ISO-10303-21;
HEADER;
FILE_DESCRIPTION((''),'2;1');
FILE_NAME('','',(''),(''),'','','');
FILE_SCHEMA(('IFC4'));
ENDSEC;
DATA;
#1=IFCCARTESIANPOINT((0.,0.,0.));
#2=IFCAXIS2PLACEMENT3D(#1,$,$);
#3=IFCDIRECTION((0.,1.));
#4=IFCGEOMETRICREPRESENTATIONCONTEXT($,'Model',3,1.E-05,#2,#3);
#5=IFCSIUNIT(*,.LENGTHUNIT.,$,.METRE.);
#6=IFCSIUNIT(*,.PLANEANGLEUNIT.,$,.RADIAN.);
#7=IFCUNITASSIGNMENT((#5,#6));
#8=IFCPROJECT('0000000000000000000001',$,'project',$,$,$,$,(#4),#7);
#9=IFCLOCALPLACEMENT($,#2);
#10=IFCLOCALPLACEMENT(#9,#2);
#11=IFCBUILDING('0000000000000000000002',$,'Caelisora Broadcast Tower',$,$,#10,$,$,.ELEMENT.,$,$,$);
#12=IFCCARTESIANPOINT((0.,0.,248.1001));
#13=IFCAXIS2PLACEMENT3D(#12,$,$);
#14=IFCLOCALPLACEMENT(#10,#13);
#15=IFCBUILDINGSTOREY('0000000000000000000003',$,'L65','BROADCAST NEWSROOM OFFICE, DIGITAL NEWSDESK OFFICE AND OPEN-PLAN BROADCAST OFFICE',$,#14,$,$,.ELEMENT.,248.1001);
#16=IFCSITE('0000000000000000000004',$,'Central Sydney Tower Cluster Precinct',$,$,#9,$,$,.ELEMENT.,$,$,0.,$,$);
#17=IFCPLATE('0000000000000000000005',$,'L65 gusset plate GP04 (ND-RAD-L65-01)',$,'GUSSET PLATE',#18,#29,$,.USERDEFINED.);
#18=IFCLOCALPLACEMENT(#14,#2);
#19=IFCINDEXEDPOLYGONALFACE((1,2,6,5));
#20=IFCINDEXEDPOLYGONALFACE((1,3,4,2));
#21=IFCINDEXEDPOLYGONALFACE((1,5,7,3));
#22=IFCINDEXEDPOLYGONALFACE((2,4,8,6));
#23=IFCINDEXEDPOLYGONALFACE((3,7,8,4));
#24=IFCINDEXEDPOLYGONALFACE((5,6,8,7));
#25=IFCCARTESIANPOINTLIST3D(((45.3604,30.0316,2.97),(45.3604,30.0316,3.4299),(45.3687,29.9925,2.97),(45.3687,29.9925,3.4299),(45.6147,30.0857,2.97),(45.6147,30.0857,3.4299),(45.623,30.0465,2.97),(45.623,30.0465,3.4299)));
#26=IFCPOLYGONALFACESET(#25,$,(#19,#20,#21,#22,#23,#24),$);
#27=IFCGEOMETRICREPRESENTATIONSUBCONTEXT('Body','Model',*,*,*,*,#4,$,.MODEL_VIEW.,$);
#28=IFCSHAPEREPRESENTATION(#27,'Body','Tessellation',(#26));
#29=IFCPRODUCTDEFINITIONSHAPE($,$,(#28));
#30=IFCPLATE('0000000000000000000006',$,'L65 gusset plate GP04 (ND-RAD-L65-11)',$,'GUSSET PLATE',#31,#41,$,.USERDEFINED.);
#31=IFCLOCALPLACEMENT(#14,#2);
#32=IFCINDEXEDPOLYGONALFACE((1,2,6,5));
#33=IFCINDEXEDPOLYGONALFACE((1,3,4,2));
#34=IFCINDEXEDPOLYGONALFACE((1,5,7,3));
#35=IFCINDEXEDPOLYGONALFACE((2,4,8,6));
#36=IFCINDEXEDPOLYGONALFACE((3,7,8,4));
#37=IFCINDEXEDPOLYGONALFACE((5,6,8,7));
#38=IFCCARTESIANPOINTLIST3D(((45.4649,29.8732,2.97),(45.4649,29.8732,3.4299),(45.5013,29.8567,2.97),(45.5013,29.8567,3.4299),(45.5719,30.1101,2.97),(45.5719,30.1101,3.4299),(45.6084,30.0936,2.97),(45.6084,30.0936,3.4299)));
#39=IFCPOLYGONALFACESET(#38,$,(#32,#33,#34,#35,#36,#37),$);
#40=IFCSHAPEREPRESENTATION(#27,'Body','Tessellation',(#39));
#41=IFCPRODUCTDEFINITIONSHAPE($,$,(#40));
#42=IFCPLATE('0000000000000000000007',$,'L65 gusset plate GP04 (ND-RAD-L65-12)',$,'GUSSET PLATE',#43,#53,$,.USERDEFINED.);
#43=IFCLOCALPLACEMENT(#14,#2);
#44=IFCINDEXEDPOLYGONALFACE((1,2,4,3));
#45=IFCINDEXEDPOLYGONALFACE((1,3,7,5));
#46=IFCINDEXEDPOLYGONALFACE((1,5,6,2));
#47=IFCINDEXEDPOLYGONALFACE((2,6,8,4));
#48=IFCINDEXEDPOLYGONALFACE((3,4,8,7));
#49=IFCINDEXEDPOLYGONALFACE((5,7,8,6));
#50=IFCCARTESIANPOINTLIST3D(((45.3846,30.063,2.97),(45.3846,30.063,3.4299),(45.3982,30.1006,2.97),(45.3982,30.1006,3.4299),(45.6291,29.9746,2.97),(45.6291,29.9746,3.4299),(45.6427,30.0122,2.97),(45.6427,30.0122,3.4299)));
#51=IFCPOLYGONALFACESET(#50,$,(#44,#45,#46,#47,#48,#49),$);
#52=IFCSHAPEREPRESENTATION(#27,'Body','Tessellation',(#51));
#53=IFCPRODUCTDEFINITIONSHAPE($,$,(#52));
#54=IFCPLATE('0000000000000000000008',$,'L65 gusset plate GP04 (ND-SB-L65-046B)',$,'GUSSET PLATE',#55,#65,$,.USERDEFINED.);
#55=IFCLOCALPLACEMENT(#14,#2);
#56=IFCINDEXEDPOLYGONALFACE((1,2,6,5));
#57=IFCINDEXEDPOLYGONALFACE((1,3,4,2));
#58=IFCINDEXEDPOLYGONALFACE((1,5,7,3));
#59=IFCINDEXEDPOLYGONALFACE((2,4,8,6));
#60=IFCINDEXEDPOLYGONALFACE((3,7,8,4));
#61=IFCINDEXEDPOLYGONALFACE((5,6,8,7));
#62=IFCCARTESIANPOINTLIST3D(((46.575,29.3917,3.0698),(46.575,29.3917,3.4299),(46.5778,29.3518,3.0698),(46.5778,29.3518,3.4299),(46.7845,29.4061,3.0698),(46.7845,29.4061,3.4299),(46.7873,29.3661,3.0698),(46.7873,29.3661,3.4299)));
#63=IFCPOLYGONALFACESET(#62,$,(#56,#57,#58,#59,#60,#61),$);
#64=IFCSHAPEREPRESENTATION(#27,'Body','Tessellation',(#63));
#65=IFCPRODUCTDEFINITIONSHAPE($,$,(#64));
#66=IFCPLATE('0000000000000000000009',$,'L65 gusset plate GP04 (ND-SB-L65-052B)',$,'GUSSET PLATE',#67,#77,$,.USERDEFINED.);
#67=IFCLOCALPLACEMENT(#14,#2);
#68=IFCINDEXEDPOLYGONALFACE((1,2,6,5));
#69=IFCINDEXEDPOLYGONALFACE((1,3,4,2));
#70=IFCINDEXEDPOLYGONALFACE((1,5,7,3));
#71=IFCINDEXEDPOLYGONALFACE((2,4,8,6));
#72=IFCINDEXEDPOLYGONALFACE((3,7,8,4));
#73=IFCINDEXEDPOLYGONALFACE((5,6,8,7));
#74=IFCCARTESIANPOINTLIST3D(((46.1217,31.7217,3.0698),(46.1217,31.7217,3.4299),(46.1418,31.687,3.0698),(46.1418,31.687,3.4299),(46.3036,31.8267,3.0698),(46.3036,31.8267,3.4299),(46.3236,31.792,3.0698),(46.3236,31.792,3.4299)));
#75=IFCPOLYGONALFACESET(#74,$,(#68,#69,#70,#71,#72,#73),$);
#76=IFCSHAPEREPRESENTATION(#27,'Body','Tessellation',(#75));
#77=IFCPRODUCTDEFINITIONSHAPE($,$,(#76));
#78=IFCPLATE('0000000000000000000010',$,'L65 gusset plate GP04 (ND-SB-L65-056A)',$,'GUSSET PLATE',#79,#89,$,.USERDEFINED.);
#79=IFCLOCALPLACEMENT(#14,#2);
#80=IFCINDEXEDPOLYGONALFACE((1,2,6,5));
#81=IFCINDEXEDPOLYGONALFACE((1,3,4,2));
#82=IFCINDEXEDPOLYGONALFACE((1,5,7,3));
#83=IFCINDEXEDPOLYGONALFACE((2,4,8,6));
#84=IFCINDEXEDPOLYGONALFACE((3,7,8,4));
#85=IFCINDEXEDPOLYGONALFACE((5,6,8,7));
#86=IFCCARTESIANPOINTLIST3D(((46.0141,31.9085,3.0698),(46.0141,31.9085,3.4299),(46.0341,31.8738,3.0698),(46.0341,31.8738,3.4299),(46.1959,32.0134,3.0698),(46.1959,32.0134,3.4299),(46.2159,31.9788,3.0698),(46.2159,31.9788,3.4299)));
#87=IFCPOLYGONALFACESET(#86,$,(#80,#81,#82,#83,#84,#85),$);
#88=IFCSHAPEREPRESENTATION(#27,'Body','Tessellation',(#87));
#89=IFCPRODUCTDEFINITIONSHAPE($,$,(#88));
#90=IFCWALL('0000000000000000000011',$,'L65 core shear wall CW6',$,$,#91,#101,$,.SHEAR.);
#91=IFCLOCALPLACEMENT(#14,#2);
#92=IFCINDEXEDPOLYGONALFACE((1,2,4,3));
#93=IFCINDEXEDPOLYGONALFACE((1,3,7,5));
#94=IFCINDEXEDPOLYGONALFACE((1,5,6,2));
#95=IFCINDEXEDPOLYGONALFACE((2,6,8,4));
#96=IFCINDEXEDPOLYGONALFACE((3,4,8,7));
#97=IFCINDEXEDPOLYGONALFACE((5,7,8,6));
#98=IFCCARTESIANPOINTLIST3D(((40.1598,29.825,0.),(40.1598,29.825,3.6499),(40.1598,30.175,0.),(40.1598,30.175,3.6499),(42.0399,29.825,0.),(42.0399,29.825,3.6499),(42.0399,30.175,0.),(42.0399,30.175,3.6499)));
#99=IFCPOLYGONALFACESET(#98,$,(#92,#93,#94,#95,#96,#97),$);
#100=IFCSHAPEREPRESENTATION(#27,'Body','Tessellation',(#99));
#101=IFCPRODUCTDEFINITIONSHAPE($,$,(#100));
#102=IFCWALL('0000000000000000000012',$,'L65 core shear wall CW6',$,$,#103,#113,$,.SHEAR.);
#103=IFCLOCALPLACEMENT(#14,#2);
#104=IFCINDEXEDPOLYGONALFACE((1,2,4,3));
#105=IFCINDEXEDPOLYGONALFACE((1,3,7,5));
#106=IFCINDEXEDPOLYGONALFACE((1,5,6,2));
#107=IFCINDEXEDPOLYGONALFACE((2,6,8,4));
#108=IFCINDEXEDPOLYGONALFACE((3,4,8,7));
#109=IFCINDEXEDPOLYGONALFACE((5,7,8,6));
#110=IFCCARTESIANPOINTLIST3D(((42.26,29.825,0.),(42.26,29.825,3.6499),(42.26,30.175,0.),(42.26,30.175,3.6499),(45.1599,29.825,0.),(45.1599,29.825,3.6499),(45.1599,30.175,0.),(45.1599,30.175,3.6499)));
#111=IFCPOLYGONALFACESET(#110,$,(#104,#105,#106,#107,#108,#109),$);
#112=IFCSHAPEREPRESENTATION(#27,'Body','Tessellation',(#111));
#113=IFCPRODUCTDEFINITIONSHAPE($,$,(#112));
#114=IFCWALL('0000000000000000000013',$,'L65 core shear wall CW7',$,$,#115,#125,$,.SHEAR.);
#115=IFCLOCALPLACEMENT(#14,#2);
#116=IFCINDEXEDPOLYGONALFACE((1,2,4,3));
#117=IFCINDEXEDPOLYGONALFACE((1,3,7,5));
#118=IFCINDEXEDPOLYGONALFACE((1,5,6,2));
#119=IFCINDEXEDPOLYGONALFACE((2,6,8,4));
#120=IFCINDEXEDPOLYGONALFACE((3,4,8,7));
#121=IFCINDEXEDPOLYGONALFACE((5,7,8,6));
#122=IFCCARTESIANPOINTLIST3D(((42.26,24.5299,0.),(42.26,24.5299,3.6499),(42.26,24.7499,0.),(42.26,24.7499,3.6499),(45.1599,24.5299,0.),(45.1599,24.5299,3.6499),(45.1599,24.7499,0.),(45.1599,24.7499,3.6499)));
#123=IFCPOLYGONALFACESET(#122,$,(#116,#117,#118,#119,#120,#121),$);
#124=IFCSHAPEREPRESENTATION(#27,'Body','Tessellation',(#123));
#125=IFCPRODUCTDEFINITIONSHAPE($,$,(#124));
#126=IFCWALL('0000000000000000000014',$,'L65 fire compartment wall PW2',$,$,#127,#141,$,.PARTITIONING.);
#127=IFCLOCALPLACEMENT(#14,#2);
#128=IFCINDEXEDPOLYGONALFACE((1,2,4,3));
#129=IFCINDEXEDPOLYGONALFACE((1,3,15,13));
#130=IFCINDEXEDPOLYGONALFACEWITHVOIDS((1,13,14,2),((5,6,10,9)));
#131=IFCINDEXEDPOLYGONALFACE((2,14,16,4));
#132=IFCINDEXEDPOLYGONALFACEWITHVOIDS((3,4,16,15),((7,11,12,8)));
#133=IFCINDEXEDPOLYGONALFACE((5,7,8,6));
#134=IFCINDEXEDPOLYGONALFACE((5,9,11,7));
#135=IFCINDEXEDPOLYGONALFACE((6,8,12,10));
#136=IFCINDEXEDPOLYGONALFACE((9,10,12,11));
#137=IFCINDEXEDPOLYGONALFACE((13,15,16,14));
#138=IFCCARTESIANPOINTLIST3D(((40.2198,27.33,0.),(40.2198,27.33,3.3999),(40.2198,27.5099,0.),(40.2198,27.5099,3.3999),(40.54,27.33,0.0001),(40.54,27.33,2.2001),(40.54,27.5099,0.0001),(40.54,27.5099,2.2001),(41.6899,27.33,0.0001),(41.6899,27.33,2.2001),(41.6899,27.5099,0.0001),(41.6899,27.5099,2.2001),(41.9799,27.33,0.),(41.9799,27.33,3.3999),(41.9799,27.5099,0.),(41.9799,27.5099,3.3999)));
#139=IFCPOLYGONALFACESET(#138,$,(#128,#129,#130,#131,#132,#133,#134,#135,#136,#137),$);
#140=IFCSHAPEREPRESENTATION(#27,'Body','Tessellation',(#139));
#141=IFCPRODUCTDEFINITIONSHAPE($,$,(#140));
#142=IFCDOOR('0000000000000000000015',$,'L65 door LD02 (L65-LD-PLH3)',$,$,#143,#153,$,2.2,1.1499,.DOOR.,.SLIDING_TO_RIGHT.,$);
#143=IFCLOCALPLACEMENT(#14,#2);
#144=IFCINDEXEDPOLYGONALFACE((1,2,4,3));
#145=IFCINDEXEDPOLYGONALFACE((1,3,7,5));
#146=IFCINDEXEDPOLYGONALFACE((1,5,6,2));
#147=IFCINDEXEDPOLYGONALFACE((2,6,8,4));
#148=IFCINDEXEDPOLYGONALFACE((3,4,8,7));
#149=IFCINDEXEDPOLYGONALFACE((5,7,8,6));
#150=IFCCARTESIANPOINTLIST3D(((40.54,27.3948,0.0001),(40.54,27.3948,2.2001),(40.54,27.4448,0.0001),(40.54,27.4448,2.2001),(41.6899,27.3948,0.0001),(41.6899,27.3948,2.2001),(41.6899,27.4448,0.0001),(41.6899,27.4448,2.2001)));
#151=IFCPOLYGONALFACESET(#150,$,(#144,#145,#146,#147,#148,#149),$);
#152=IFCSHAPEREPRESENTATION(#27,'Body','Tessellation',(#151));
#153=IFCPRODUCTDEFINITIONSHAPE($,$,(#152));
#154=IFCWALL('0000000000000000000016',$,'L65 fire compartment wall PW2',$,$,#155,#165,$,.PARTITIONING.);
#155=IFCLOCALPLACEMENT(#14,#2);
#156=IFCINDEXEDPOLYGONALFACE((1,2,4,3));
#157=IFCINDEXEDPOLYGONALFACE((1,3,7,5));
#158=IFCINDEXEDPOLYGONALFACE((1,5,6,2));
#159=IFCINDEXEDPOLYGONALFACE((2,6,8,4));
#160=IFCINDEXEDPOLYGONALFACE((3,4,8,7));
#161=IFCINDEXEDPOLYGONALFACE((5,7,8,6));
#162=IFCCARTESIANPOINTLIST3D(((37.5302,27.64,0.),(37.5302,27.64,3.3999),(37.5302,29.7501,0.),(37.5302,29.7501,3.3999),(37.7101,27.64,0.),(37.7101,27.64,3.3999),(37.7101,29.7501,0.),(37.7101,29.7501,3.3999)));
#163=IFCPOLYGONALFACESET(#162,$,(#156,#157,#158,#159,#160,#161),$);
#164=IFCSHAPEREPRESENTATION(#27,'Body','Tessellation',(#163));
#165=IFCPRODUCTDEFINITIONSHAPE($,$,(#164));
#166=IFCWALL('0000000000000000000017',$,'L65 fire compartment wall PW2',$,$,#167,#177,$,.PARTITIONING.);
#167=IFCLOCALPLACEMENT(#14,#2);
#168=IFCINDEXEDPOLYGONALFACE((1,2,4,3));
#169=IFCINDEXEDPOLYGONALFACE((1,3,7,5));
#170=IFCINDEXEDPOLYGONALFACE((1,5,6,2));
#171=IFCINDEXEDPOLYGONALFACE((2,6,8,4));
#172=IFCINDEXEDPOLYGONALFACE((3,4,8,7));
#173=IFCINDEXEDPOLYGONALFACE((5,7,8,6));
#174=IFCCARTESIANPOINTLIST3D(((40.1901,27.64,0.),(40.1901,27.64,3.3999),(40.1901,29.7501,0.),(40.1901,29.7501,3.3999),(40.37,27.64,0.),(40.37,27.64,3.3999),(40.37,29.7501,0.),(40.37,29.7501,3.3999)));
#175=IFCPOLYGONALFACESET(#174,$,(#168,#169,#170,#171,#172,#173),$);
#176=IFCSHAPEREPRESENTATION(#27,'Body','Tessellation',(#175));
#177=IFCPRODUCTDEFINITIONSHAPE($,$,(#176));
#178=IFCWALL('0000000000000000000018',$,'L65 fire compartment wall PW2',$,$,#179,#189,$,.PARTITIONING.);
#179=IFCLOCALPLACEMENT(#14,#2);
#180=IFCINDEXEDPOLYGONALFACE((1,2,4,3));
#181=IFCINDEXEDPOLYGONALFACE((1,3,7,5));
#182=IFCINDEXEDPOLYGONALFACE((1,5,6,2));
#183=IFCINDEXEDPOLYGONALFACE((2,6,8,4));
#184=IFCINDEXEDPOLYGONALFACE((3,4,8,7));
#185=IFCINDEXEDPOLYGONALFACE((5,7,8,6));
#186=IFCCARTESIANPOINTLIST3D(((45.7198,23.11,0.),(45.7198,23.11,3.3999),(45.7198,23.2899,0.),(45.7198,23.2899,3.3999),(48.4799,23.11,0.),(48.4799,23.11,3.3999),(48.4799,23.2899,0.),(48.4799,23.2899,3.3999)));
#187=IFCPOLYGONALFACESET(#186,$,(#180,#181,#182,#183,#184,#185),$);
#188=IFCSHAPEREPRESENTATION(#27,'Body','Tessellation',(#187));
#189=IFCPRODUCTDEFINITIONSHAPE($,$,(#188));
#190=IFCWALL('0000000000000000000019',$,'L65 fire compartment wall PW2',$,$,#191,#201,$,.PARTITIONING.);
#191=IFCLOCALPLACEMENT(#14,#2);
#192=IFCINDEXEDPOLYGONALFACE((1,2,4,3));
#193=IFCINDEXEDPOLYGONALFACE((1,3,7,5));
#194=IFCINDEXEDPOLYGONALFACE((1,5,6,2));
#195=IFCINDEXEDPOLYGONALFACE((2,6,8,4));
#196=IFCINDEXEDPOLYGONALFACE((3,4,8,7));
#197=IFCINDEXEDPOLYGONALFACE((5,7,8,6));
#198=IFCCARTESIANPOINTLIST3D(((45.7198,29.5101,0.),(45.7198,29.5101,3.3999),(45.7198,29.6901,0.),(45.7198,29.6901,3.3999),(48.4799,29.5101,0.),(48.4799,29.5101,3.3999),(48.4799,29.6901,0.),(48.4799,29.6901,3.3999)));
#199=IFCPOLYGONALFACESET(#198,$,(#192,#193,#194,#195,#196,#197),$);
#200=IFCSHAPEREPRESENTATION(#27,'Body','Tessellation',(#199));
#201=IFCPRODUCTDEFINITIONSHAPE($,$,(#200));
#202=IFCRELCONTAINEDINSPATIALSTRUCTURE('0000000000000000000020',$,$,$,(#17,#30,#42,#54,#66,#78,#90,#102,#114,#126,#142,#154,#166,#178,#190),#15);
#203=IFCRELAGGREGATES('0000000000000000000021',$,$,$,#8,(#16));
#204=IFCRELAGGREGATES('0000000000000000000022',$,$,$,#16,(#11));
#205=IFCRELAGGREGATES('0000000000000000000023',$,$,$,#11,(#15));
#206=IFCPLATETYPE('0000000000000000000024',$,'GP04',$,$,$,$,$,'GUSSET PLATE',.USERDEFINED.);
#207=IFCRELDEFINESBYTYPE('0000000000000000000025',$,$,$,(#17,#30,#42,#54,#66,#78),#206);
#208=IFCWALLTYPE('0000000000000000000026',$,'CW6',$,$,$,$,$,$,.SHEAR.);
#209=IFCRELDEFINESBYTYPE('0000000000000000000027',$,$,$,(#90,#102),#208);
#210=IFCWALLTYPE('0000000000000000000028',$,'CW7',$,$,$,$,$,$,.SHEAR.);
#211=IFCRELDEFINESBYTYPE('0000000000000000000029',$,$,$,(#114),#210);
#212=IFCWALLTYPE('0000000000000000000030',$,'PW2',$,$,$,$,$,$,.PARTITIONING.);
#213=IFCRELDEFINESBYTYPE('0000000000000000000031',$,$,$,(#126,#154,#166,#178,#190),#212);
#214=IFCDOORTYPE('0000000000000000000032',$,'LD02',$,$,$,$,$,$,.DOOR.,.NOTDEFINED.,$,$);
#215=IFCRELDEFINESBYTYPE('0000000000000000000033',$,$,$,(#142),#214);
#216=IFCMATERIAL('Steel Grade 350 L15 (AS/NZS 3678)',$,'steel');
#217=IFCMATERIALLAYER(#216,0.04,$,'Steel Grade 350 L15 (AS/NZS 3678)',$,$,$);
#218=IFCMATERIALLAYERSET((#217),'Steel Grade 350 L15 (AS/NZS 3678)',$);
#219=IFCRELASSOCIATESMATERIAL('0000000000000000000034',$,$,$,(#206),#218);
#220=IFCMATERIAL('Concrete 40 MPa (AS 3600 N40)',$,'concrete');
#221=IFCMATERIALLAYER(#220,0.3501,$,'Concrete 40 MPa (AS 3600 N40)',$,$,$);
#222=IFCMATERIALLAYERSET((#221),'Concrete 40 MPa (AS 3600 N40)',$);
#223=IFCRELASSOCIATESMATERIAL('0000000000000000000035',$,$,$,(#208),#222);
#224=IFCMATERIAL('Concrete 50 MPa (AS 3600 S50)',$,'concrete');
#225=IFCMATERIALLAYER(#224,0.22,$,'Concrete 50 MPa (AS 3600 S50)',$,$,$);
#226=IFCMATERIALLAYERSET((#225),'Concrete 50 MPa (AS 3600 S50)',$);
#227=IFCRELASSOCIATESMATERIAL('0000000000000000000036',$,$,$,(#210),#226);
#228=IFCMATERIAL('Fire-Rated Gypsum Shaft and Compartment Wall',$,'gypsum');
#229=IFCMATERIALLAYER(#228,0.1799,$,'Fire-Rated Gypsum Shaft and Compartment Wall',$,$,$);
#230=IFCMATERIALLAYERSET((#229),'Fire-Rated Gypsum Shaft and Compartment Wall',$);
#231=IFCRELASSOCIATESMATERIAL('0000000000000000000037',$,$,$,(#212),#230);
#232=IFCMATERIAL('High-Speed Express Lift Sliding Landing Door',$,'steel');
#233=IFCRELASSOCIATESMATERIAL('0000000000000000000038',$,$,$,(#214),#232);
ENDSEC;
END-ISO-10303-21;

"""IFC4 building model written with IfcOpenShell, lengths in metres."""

from ifc_helpers import new_model, si_unit, direction, frame, frame_2d, origin, origin_2d, place, context, subcontext, project, spatial, rectangle, extrude, source, transform, mapped, material, layer, layer_set, type_object, type_shapes, element, fill, save


model = new_model("IFC4")

# Units and contexts
model_context = context("Model", 3, precision=1e-05, world=origin(), true_north=direction((0.0, 1.0)))
body_context = subcontext(model_context, "Body", "Model", "MODEL_VIEW")
ifc_project = project(units=[si_unit("LENGTHUNIT", "METRE"), si_unit("PLANEANGLEUNIT", "RADIAN")], contexts=[model_context])

# Site, building, storey
site_placement = place(None, origin())
site = spatial("IfcSite", under=ifc_project, at=site_placement, Name="Central Sydney Tower Cluster Precinct", CompositionType="ELEMENT", RefElevation=0.0)
building_placement = place(site_placement, origin())
building = spatial("IfcBuilding", under=site, at=building_placement, Name="Caelisora Broadcast Tower", CompositionType="ELEMENT")
storey_placement = place(building_placement, frame((0.0, 0.0, 248.1001)))
storey = spatial("IfcBuildingStorey", under=building, at=storey_placement, Name="L65", Description="BROADCAST NEWSROOM OFFICE, DIGITAL NEWSDESK OFFICE AND OPEN-PLAN BROADCAST OFFICE", CompositionType="ELEMENT", Elevation=248.1001)

# Shared definitions
ifc_material_1 = material(Name="Concrete 50 MPa (AS 3600 S50)", Category="concrete")

# Plates
ifc_material_2 = material(Name="Steel Grade 350 L15 (AS/NZS 3678)", Category="steel")
ifc_layer_1 = layer(ifc_material_2, 0.04, Name="Steel Grade 350 L15 (AS/NZS 3678)")
ifc_layer_set_1 = layer_set([ifc_layer_1], Name="Steel Grade 350 L15 (AS/NZS 3678)")
plate_type = type_object("IfcPlateType", Name="GP04", ElementType="GUSSET PLATE", PredefinedType="USERDEFINED", material=ifc_layer_set_1)
shared_shape_1 = source(origin(), body_context, "Body", "SweptSolid", [
    extrude(rectangle(XDim=0.26, YDim=0.04, at=origin_2d()), origin(), (0.0, 0.0, 1.0), 0.46),
])
for number, where, z_axis, x_axis, name in (
    (1, (45.4917, 30.0391, 2.97), (0.0, 0.0, 1.0), (-0.978148, -0.207912, 0.0), "L65 gusset plate GP04 (ND-RAD-L65-01)"),
    (2, (45.5366, 29.9834, 2.97), (0.0, 0.0, 1.0), (0.411673, 0.911331, 0.0), "L65 gusset plate GP04 (ND-RAD-L65-11)"),
    (3, (45.5137, 30.0376, 2.97), (0.0, 0.0, 1.0), (-0.940466, 0.339887, 0.0), "L65 gusset plate GP04 (ND-RAD-L65-12)"),
):
    element("IfcPlate", number, at=place(storey_placement, frame(where, z_axis=z_axis, x_axis=x_axis)), inside=storey, type_object=plate_type, Name=name, ObjectType="GUSSET PLATE", PredefinedType="USERDEFINED", context=body_context, shape_type="MappedRepresentation", body=[
        mapped(shared_shape_1, transform((0.0, 0.0, 0.0), scale=1.0)),
    ])
shared_shape_2 = source(origin(), body_context, "Body", "SweptSolid", [
    extrude(rectangle(XDim=0.21, YDim=0.04, at=origin_2d()), origin(), (0.0, 0.0, 1.0), 0.3601),
])
type_shapes(plate_type, [shared_shape_1, shared_shape_2])
for number, where, z_axis, x_axis, name in (
    (4, (46.6812, 29.3789, 3.0698), (0.0, 0.0, 1.0), (-0.99766, -0.068364, 0.0), "L65 gusset plate GP04 (ND-SB-L65-046B)"),
    (5, (46.2227, 31.7568, 3.0698), (0.0, 0.0, 1.0), (-0.866025, -0.5, 0.0), "L65 gusset plate GP04 (ND-SB-L65-052B)"),
    (6, (46.115, 31.9436, 3.0698), (0.0, 0.0, 1.0), (-0.866025, -0.5, 0.0), "L65 gusset plate GP04 (ND-SB-L65-056A)"),
):
    element("IfcPlate", number, at=place(storey_placement, frame(where, z_axis=z_axis, x_axis=x_axis)), inside=storey, type_object=plate_type, Name=name, ObjectType="GUSSET PLATE", PredefinedType="USERDEFINED", context=body_context, shape_type="MappedRepresentation", body=[
        mapped(shared_shape_2, transform((0.0, 0.0, 0.0), scale=1.0)),
    ])

# Walls
ifc_material_3 = material(Name="Concrete 40 MPa (AS 3600 N40)", Category="concrete")
ifc_layer_2 = layer(ifc_material_3, 0.3501, Name="Concrete 40 MPa (AS 3600 N40)")
ifc_layer_set_2 = layer_set([ifc_layer_2], Name="Concrete 40 MPa (AS 3600 N40)")
wall_type_1 = type_object("IfcWallType", Name="CW6", PredefinedType="SHEAR", material=ifc_layer_set_2)
wall_1_placement = place(storey_placement, frame((40.1599, 30.0, 0.0), z_axis=(0.0, 0.0, 1.0), x_axis=(1.0, 0.0, 0.0)))
element("IfcWall", 7, at=wall_1_placement, inside=storey, type_object=wall_type_1, Name="L65 core shear wall CW6", PredefinedType="SHEAR", context=body_context, shape_type="SweptSolid", body=[
    extrude(rectangle(XDim=1.8801, YDim=0.3501, at=frame_2d((0.9399, 0.0))), origin(), (0.0, 0.0, 1.0), 3.6499),
])
wall_2_placement = place(storey_placement, frame((42.26, 30.0, 0.0), z_axis=(0.0, 0.0, 1.0), x_axis=(1.0, 0.0, 0.0)))
element("IfcWall", 8, at=wall_2_placement, inside=storey, type_object=wall_type_1, Name="L65 core shear wall CW6", PredefinedType="SHEAR", context=body_context, shape_type="SweptSolid", body=[
    extrude(rectangle(XDim=2.8999, YDim=0.3501, at=frame_2d((1.45, 0.0))), origin(), (0.0, 0.0, 1.0), 3.6499),
])
ifc_layer_3 = layer(ifc_material_1, 0.22, Name="Concrete 50 MPa (AS 3600 S50)")
ifc_layer_set_3 = layer_set([ifc_layer_3], Name="Concrete 50 MPa (AS 3600 S50)")
wall_type_2 = type_object("IfcWallType", Name="CW7", PredefinedType="SHEAR", material=ifc_layer_set_3)
wall_3_placement = place(storey_placement, frame((42.26, 24.6399, 0.0), z_axis=(0.0, 0.0, 1.0), x_axis=(1.0, 0.0, 0.0)))
element("IfcWall", 9, at=wall_3_placement, inside=storey, type_object=wall_type_2, Name="L65 core shear wall CW7", PredefinedType="SHEAR", context=body_context, shape_type="SweptSolid", body=[
    extrude(rectangle(XDim=2.8999, YDim=0.22, at=frame_2d((1.45, 0.0))), origin(), (0.0, 0.0, 1.0), 3.6499),
])

# Wall, opening, door
ifc_material_4 = material(Name="Fire-Rated Gypsum Shaft and Compartment Wall", Category="gypsum")
ifc_layer_4 = layer(ifc_material_4, 0.1799, Name="Fire-Rated Gypsum Shaft and Compartment Wall")
ifc_layer_set_4 = layer_set([ifc_layer_4], Name="Fire-Rated Gypsum Shaft and Compartment Wall")
wall_type_3 = type_object("IfcWallType", Name="PW2", PredefinedType="PARTITIONING", material=ifc_layer_set_4)
wall_4_placement = place(storey_placement, frame((40.22, 27.4199, 0.0), z_axis=(0.0, 0.0, 1.0), x_axis=(1.0, 0.0, 0.0)))
wall_4 = element("IfcWall", 10, at=wall_4_placement, inside=storey, type_object=wall_type_3, Name="L65 fire compartment wall PW2", PredefinedType="PARTITIONING", context=body_context, shape_type="SweptSolid", body=[
    extrude(rectangle(XDim=1.76, YDim=0.1799, at=frame_2d((0.8799, 0.0))), origin(), (0.0, 0.0, 1.0), 3.3999),
])
opening_placement = place(wall_4_placement, frame((0.3201, 0.0, 0.0)))
opening = element("IfcOpeningElement", 11, at=opening_placement, cuts=wall_4, PredefinedType="OPENING", context=body_context, shape_type="SweptSolid", body=[
    extrude(rectangle(XDim=1.1499, YDim=2.2, at=frame_2d((0.575, 1.1001))), frame((0.0, 0.1021, 0.0), z_axis=(0.0, -1.0, 0.0), x_axis=(1.0, 0.0, 0.0)), (0.0, 0.0, 1.0), 0.2039),
])
ifc_material_5 = material(Name="High-Speed Express Lift Sliding Landing Door", Category="steel")
door_type = type_object("IfcDoorType", Name="LD02", OperationType="NOTDEFINED", PredefinedType="DOOR", material=ifc_material_5)
door_placement = place(opening_placement, origin())
door = element("IfcDoor", 12, at=door_placement, inside=storey, type_object=door_type, Name="L65 door LD02 (L65-LD-PLH3)", OperationType="SLIDING_TO_RIGHT", OverallHeight=2.2, OverallWidth=1.1499, PredefinedType="DOOR", context=body_context, shape_type="SweptSolid", body=[
    extrude(rectangle(XDim=1.1499, YDim=2.2, at=frame_2d((0.575, 1.1001))), frame((0.0, 0.0249, 0.0), z_axis=(0.0, -1.0, 0.0), x_axis=(1.0, 0.0, 0.0)), (0.0, 0.0, 1.0), 0.05),
])
fill(opening, door)

# Walls
for number, where, z_axis, x_axis, name in (
    (13, (37.6201, 27.6399, 0.0), (0.0, 0.0, 1.0), (0.0, 1.0, 0.0), "L65 fire compartment wall PW2"),
    (14, (40.28, 27.6399, 0.0), (0.0, 0.0, 1.0), (0.0, 1.0, 0.0), "L65 fire compartment wall PW2"),
):
    element("IfcWall", number, at=place(storey_placement, frame(where, z_axis=z_axis, x_axis=x_axis)), inside=storey, type_object=wall_type_3, Name=name, PredefinedType="PARTITIONING", context=body_context, shape_type="SweptSolid", body=[
        extrude(rectangle(XDim=2.1101, YDim=0.1799, at=frame_2d((1.0552, 0.0))), origin(), (0.0, 0.0, 1.0), 3.3999),
    ])
for number, where, z_axis, x_axis, name in (
    (15, (45.72, 23.2, 0.0), (0.0, 0.0, 1.0), (1.0, 0.0, 0.0), "L65 fire compartment wall PW2"),
    (16, (45.72, 29.6001, 0.0), (0.0, 0.0, 1.0), (1.0, 0.0, 0.0), "L65 fire compartment wall PW2"),
):
    element("IfcWall", number, at=place(storey_placement, frame(where, z_axis=z_axis, x_axis=x_axis)), inside=storey, type_object=wall_type_3, Name=name, PredefinedType="PARTITIONING", context=body_context, shape_type="SweptSolid", body=[
        extrude(rectangle(XDim=2.76, YDim=0.1799, at=frame_2d((1.3799, 0.0))), origin(), (0.0, 0.0, 1.0), 3.3999),
    ])

save(model, "model.ifc")
